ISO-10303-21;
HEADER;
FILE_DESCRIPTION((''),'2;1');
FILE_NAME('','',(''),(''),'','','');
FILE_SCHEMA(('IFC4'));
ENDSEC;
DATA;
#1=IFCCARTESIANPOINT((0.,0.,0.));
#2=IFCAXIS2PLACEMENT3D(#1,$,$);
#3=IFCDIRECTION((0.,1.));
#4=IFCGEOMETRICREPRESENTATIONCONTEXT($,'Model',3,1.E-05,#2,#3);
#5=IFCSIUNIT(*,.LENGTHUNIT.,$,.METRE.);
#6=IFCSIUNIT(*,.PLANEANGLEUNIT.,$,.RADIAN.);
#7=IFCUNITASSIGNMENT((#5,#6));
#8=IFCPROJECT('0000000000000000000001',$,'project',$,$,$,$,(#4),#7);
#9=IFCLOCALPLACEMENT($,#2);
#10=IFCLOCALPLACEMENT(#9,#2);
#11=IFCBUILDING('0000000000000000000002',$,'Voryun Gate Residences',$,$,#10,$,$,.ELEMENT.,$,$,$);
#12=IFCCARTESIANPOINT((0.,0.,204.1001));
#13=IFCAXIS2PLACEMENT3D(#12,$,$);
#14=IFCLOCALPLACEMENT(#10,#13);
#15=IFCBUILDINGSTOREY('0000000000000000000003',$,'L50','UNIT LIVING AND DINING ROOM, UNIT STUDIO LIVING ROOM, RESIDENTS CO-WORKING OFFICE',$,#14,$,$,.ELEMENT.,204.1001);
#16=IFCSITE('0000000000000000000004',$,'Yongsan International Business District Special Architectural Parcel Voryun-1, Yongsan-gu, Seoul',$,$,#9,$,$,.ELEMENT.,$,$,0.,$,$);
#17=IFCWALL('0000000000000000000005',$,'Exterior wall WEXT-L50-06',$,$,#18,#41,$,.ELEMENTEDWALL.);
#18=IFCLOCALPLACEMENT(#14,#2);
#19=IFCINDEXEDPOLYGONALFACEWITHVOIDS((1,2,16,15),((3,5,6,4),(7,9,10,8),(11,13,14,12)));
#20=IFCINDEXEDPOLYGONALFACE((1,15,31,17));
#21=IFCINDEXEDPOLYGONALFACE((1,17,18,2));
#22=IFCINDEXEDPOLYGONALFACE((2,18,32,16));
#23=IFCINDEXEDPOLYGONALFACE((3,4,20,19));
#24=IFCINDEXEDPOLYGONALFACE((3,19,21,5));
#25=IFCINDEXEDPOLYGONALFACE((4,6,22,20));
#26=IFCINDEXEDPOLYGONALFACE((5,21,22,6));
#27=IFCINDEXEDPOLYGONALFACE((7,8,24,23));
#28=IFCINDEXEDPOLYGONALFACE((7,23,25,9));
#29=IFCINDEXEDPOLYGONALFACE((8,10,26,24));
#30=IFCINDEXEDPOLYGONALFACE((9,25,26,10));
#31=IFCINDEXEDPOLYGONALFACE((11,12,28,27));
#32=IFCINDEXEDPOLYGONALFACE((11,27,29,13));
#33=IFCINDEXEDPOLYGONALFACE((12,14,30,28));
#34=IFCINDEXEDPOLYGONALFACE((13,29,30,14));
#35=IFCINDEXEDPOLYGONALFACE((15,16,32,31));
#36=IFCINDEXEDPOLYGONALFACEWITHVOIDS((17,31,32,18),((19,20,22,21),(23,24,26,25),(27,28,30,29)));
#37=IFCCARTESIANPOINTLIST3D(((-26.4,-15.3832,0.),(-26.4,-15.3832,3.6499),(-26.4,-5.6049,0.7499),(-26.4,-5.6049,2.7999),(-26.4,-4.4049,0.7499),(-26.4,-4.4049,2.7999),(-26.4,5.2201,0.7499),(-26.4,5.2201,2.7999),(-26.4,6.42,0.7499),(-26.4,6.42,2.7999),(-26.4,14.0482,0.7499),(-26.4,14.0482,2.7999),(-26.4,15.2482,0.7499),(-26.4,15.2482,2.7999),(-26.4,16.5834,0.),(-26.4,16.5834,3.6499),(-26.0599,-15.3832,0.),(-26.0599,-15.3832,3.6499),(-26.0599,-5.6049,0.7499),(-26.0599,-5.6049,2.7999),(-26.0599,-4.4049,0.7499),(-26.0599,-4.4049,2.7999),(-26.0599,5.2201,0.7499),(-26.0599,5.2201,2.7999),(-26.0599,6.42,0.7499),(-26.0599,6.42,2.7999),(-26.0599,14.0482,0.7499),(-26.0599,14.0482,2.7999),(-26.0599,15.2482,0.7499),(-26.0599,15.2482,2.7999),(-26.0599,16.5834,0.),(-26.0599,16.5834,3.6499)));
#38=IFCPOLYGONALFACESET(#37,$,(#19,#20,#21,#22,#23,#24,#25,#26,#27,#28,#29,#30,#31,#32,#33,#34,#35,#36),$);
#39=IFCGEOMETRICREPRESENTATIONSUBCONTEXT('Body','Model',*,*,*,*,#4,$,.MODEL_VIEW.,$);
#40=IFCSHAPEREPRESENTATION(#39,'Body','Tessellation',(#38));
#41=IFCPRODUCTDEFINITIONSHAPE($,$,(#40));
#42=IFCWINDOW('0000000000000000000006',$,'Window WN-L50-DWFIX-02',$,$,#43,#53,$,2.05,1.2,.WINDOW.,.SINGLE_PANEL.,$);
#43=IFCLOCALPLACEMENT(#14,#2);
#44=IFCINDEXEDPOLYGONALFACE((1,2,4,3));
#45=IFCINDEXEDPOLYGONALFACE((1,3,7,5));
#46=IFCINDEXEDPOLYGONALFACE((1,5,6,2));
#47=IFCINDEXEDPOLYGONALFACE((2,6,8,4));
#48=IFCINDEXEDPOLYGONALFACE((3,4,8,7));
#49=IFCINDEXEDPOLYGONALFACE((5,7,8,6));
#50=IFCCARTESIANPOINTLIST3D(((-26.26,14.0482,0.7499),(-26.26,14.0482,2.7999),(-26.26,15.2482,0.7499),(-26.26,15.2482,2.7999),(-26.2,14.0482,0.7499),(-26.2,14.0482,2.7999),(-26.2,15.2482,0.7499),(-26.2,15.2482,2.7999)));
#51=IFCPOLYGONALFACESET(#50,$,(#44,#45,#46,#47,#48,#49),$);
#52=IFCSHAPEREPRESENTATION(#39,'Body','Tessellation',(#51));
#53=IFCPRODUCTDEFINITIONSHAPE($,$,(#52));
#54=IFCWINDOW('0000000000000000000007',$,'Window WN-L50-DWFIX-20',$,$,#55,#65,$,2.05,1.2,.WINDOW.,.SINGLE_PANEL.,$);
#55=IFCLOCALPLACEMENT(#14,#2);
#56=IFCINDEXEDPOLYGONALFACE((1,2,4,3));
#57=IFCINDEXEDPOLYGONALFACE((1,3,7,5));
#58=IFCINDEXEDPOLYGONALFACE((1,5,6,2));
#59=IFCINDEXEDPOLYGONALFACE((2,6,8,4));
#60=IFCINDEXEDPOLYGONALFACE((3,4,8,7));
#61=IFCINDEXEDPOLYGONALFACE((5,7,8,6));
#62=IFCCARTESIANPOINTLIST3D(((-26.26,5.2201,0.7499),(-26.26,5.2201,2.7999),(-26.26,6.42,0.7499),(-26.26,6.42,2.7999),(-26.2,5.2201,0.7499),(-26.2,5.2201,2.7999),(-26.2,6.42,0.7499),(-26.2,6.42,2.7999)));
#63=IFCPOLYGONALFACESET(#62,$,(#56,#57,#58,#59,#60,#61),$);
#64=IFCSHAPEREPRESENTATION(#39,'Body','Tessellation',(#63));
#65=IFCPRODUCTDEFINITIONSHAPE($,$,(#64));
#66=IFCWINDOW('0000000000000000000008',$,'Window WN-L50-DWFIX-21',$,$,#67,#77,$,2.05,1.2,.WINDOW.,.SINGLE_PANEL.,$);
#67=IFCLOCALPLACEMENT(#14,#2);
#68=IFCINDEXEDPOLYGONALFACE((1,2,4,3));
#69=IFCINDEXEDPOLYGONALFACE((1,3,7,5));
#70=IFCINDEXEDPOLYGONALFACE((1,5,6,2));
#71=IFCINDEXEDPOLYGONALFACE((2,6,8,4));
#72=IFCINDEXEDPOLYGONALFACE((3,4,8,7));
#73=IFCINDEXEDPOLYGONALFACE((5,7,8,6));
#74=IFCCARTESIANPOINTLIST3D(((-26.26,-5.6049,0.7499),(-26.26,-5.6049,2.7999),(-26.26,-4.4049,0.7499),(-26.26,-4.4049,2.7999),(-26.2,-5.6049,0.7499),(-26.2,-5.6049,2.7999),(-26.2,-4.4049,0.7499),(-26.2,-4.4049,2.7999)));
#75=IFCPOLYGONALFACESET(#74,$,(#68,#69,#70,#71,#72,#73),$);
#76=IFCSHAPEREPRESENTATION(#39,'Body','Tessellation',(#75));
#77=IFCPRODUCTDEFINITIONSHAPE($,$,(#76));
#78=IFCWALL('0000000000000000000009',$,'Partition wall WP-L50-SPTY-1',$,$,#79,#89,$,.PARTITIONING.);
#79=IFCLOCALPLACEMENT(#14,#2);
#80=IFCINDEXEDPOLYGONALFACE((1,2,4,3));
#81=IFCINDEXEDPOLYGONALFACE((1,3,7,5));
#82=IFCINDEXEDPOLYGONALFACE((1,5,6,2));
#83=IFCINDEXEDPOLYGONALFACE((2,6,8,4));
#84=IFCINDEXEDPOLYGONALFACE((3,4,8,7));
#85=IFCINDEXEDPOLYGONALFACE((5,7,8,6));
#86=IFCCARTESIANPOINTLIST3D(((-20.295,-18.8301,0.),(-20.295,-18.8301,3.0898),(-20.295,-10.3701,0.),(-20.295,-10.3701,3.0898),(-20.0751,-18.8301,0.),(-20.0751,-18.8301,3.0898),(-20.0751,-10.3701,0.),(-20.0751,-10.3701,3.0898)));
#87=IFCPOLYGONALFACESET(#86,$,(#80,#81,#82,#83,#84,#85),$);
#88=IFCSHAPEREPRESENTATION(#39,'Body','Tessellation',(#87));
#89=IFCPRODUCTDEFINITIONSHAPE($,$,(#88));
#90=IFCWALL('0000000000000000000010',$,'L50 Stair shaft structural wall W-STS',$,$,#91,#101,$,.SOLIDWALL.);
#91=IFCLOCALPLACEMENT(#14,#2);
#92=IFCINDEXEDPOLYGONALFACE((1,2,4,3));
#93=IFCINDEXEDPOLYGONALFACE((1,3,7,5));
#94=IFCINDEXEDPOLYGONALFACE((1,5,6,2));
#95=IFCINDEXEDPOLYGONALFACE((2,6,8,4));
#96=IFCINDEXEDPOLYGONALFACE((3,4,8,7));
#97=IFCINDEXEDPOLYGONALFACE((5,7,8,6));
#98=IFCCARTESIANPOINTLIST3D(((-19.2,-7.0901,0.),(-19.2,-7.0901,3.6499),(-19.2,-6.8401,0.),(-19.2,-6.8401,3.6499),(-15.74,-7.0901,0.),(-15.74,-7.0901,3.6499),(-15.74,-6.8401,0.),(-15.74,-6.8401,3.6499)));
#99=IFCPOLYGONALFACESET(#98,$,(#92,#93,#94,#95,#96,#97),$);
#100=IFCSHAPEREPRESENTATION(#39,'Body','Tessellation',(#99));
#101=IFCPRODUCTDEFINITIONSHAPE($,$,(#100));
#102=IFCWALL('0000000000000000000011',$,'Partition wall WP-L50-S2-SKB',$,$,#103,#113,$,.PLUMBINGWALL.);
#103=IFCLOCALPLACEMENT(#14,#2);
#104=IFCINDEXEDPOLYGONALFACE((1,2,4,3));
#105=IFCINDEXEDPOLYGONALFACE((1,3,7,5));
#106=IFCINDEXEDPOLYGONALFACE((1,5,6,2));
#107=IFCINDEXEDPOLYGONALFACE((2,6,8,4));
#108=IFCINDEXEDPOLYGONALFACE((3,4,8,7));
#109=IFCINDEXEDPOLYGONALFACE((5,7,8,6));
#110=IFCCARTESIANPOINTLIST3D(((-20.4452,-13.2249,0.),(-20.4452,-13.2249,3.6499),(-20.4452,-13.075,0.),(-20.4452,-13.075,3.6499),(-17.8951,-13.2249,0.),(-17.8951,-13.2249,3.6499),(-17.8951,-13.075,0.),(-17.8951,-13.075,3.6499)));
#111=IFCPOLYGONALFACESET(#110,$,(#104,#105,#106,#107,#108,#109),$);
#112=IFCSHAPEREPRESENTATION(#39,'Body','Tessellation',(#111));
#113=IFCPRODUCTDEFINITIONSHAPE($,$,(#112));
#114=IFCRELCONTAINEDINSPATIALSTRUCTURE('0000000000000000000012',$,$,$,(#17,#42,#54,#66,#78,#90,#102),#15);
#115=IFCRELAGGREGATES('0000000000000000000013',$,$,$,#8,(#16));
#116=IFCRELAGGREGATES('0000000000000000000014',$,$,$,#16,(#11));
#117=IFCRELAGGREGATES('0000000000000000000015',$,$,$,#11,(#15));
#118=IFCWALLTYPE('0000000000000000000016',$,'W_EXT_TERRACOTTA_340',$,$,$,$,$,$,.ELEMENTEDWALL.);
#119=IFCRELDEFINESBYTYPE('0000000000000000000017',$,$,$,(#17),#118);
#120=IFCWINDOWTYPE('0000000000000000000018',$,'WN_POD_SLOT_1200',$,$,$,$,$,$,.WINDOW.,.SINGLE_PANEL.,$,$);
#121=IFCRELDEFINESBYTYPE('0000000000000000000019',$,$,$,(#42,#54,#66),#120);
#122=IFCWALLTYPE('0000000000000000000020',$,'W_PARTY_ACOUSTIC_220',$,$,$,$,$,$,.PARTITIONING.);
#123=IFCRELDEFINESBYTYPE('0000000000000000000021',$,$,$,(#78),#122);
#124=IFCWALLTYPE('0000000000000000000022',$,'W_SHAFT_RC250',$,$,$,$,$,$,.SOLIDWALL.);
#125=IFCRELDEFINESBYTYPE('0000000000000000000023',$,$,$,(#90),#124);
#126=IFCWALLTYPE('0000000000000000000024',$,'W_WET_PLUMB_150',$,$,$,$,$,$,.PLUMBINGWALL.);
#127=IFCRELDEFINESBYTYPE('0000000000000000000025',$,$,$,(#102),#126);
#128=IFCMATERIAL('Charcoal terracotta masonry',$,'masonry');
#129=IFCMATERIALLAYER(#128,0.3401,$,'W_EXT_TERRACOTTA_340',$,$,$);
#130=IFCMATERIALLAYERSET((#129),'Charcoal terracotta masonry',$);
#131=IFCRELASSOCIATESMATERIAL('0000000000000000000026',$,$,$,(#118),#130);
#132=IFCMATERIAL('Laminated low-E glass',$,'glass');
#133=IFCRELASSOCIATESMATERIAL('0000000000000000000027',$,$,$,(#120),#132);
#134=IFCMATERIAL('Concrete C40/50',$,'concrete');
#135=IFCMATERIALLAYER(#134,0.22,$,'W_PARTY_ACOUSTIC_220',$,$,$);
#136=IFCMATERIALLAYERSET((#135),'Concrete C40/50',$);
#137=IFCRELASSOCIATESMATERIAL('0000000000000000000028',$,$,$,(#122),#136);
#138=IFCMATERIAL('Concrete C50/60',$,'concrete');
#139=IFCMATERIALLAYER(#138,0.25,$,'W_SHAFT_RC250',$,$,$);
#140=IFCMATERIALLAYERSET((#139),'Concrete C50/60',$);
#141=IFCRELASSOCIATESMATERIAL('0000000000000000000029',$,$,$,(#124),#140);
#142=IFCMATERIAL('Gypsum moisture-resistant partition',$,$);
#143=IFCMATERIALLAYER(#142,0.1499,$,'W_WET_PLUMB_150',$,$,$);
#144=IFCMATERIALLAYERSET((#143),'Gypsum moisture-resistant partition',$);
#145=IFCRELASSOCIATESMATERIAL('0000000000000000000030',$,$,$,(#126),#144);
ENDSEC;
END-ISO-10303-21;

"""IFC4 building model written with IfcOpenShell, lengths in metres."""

from ifc_helpers import new_model, si_unit, direction, frame, frame_2d, origin, place, context, subcontext, project, spatial, rectangle, extrude, material, layer, layer_set, type_object, element, fill, save


model = new_model("IFC4")

# Units and contexts
model_context = context("Model", 3, precision=1e-05, world=origin(), true_north=direction((0.0, 1.0)))
body_context = subcontext(model_context, "Body", "Model", "MODEL_VIEW")
ifc_project = project(units=[si_unit("LENGTHUNIT", "METRE"), si_unit("PLANEANGLEUNIT", "RADIAN")], contexts=[model_context])

# Site, building, storey
site_placement = place(None, origin())
site = spatial("IfcSite", under=ifc_project, at=site_placement, Name="Yongsan International Business District Special Architectural Parcel Voryun-1, Yongsan-gu, Seoul", CompositionType="ELEMENT", RefElevation=0.0)
building_placement = place(site_placement, origin())
building = spatial("IfcBuilding", under=site, at=building_placement, Name="Voryun Gate Residences", CompositionType="ELEMENT")
storey_placement = place(building_placement, frame((0.0, 0.0, 204.1001)))
storey = spatial("IfcBuildingStorey", under=building, at=storey_placement, Name="L50", Description="UNIT LIVING AND DINING ROOM, UNIT STUDIO LIVING ROOM, RESIDENTS CO-WORKING OFFICE", CompositionType="ELEMENT", Elevation=204.1001)

# Shared definitions
ifc_material_1 = material(Name="Charcoal terracotta masonry", Category="masonry")
ifc_layer_1 = layer(ifc_material_1, 0.3401, Name="W_EXT_TERRACOTTA_340")
ifc_layer_set_1 = layer_set([ifc_layer_1], Name="Charcoal terracotta masonry")
wall_type_1 = type_object("IfcWallType", Name="W_EXT_TERRACOTTA_340", PredefinedType="ELEMENTEDWALL", material=ifc_layer_set_1)

# Wall, openings, windows
wall_1_placement = place(storey_placement, frame((-26.23, -15.3833, 0.0), z_axis=(0.0, 0.0, 1.0), x_axis=(0.0, 1.0, 0.0)))
wall_1 = element("IfcWall", 1, at=wall_1_placement, inside=storey, type_object=wall_type_1, Name="Exterior wall WEXT-L50-06", PredefinedType="ELEMENTEDWALL", context=body_context, shape_type="SweptSolid", body=[
    extrude(rectangle(XDim=31.9666, YDim=0.3401, at=frame_2d((15.9834, 0.0))), origin(), (0.0, 0.0, 1.0), 3.6499),
])
opening_1_placement = place(wall_1_placement, frame((29.4314, 0.0, 0.75)))
opening_1 = element("IfcOpeningElement", 2, at=opening_1_placement, cuts=wall_1, PredefinedType="OPENING", context=body_context, shape_type="SweptSolid", body=[
    extrude(rectangle(XDim=1.2, YDim=2.05, at=frame_2d((0.6001, 1.0249))), frame((0.0, 0.1799, 0.0), z_axis=(0.0, -1.0, 0.0), x_axis=(1.0, 0.0, 0.0)), (0.0, 0.0, 1.0), 0.3601),
])
opening_2_placement = place(wall_1_placement, frame((20.6033, 0.0, 0.75)))
opening_2 = element("IfcOpeningElement", 3, at=opening_2_placement, cuts=wall_1, PredefinedType="OPENING", context=body_context, shape_type="SweptSolid", body=[
    extrude(rectangle(XDim=1.2, YDim=2.05, at=frame_2d((0.6001, 1.0249))), frame((0.0, 0.1799, 0.0), z_axis=(0.0, -1.0, 0.0), x_axis=(1.0, 0.0, 0.0)), (0.0, 0.0, 1.0), 0.3601),
])
opening_3_placement = place(wall_1_placement, frame((9.7783, 0.0, 0.75)))
opening_3 = element("IfcOpeningElement", 4, at=opening_3_placement, cuts=wall_1, PredefinedType="OPENING", context=body_context, shape_type="SweptSolid", body=[
    extrude(rectangle(XDim=1.2, YDim=2.05, at=frame_2d((0.6001, 1.0249))), frame((0.0, 0.1799, 0.0), z_axis=(0.0, -1.0, 0.0), x_axis=(1.0, 0.0, 0.0)), (0.0, 0.0, 1.0), 0.3601),
])
ifc_material_2 = material(Name="Laminated low-E glass", Category="glass")
window_type = type_object("IfcWindowType", Name="WN_POD_SLOT_1200", PartitioningType="SINGLE_PANEL", PredefinedType="WINDOW", material=ifc_material_2)
window_1_placement = place(opening_1_placement, origin())
window_1 = element("IfcWindow", 5, at=window_1_placement, inside=storey, type_object=window_type, Name="Window WN-L50-DWFIX-02", OverallHeight=2.05, OverallWidth=1.2, PartitioningType="SINGLE_PANEL", PredefinedType="WINDOW", context=body_context, shape_type="SweptSolid", body=[
    extrude(rectangle(XDim=1.2, YDim=2.05, at=frame_2d((0.6001, 1.0249))), frame((0.0, 0.03, 0.0), z_axis=(0.0, -1.0, 0.0), x_axis=(1.0, 0.0, 0.0)), (0.0, 0.0, 1.0), 0.0601),
])
fill(opening_1, window_1)
window_2_placement = place(opening_2_placement, origin())
window_2 = element("IfcWindow", 6, at=window_2_placement, inside=storey, type_object=window_type, Name="Window WN-L50-DWFIX-20", OverallHeight=2.05, OverallWidth=1.2, PartitioningType="SINGLE_PANEL", PredefinedType="WINDOW", context=body_context, shape_type="SweptSolid", body=[
    extrude(rectangle(XDim=1.2, YDim=2.05, at=frame_2d((0.6001, 1.0249))), frame((0.0, 0.03, 0.0), z_axis=(0.0, -1.0, 0.0), x_axis=(1.0, 0.0, 0.0)), (0.0, 0.0, 1.0), 0.0601),
])
fill(opening_2, window_2)
window_3_placement = place(opening_3_placement, origin())
window_3 = element("IfcWindow", 7, at=window_3_placement, inside=storey, type_object=window_type, Name="Window WN-L50-DWFIX-21", OverallHeight=2.05, OverallWidth=1.2, PartitioningType="SINGLE_PANEL", PredefinedType="WINDOW", context=body_context, shape_type="SweptSolid", body=[
    extrude(rectangle(XDim=1.2, YDim=2.05, at=frame_2d((0.6001, 1.0249))), frame((0.0, 0.03, 0.0), z_axis=(0.0, -1.0, 0.0), x_axis=(1.0, 0.0, 0.0)), (0.0, 0.0, 1.0), 0.0601),
])
fill(opening_3, window_3)

# Walls
ifc_material_3 = material(Name="Concrete C40/50", Category="concrete")
ifc_layer_2 = layer(ifc_material_3, 0.22, Name="W_PARTY_ACOUSTIC_220")
ifc_layer_set_2 = layer_set([ifc_layer_2], Name="Concrete C40/50")
wall_type_2 = type_object("IfcWallType", Name="W_PARTY_ACOUSTIC_220", PredefinedType="PARTITIONING", material=ifc_layer_set_2)
wall_2_placement = place(storey_placement, frame((-20.1851, -18.8301, 0.0), z_axis=(0.0, 0.0, 1.0), x_axis=(0.0, 1.0, 0.0)))
element("IfcWall", 8, at=wall_2_placement, inside=storey, type_object=wall_type_2, Name="Partition wall WP-L50-SPTY-1", PredefinedType="PARTITIONING", context=body_context, shape_type="SweptSolid", body=[
    extrude(rectangle(XDim=8.46, YDim=0.22, at=frame_2d((4.23, 0.0))), origin(), (0.0, 0.0, 1.0), 3.0898),
])
ifc_material_4 = material(Name="Concrete C50/60", Category="concrete")
ifc_layer_3 = layer(ifc_material_4, 0.25, Name="W_SHAFT_RC250")
ifc_layer_set_3 = layer_set([ifc_layer_3], Name="Concrete C50/60")
wall_type_3 = type_object("IfcWallType", Name="W_SHAFT_RC250", PredefinedType="SOLIDWALL", material=ifc_layer_set_3)
wall_3_placement = place(storey_placement, frame((-19.2, -6.9651, 0.0), z_axis=(0.0, 0.0, 1.0), x_axis=(1.0, 0.0, 0.0)))
element("IfcWall", 9, at=wall_3_placement, inside=storey, type_object=wall_type_3, Name="L50 Stair shaft structural wall W-STS", PredefinedType="SOLIDWALL", context=body_context, shape_type="SweptSolid", body=[
    extrude(rectangle(XDim=3.46, YDim=0.25, at=frame_2d((1.73, 0.0))), origin(), (0.0, 0.0, 1.0), 3.6499),
])
ifc_material_5 = material(Name="Gypsum moisture-resistant partition")
ifc_layer_4 = layer(ifc_material_5, 0.1499, Name="W_WET_PLUMB_150")
ifc_layer_set_4 = layer_set([ifc_layer_4], Name="Gypsum moisture-resistant partition")
wall_type_4 = type_object("IfcWallType", Name="W_WET_PLUMB_150", PredefinedType="PLUMBINGWALL", material=ifc_layer_set_4)
wall_4_placement = place(storey_placement, frame((-20.4451, -13.1499, 0.0), z_axis=(0.0, 0.0, 1.0), x_axis=(1.0, 0.0, 0.0)))
element("IfcWall", 10, at=wall_4_placement, inside=storey, type_object=wall_type_4, Name="Partition wall WP-L50-S2-SKB", PredefinedType="PLUMBINGWALL", context=body_context, shape_type="SweptSolid", body=[
    extrude(rectangle(XDim=2.55, YDim=0.1499, at=frame_2d((1.2749, 0.0))), origin(), (0.0, 0.0, 1.0), 3.6499),
])

save(model, "model.ifc")
